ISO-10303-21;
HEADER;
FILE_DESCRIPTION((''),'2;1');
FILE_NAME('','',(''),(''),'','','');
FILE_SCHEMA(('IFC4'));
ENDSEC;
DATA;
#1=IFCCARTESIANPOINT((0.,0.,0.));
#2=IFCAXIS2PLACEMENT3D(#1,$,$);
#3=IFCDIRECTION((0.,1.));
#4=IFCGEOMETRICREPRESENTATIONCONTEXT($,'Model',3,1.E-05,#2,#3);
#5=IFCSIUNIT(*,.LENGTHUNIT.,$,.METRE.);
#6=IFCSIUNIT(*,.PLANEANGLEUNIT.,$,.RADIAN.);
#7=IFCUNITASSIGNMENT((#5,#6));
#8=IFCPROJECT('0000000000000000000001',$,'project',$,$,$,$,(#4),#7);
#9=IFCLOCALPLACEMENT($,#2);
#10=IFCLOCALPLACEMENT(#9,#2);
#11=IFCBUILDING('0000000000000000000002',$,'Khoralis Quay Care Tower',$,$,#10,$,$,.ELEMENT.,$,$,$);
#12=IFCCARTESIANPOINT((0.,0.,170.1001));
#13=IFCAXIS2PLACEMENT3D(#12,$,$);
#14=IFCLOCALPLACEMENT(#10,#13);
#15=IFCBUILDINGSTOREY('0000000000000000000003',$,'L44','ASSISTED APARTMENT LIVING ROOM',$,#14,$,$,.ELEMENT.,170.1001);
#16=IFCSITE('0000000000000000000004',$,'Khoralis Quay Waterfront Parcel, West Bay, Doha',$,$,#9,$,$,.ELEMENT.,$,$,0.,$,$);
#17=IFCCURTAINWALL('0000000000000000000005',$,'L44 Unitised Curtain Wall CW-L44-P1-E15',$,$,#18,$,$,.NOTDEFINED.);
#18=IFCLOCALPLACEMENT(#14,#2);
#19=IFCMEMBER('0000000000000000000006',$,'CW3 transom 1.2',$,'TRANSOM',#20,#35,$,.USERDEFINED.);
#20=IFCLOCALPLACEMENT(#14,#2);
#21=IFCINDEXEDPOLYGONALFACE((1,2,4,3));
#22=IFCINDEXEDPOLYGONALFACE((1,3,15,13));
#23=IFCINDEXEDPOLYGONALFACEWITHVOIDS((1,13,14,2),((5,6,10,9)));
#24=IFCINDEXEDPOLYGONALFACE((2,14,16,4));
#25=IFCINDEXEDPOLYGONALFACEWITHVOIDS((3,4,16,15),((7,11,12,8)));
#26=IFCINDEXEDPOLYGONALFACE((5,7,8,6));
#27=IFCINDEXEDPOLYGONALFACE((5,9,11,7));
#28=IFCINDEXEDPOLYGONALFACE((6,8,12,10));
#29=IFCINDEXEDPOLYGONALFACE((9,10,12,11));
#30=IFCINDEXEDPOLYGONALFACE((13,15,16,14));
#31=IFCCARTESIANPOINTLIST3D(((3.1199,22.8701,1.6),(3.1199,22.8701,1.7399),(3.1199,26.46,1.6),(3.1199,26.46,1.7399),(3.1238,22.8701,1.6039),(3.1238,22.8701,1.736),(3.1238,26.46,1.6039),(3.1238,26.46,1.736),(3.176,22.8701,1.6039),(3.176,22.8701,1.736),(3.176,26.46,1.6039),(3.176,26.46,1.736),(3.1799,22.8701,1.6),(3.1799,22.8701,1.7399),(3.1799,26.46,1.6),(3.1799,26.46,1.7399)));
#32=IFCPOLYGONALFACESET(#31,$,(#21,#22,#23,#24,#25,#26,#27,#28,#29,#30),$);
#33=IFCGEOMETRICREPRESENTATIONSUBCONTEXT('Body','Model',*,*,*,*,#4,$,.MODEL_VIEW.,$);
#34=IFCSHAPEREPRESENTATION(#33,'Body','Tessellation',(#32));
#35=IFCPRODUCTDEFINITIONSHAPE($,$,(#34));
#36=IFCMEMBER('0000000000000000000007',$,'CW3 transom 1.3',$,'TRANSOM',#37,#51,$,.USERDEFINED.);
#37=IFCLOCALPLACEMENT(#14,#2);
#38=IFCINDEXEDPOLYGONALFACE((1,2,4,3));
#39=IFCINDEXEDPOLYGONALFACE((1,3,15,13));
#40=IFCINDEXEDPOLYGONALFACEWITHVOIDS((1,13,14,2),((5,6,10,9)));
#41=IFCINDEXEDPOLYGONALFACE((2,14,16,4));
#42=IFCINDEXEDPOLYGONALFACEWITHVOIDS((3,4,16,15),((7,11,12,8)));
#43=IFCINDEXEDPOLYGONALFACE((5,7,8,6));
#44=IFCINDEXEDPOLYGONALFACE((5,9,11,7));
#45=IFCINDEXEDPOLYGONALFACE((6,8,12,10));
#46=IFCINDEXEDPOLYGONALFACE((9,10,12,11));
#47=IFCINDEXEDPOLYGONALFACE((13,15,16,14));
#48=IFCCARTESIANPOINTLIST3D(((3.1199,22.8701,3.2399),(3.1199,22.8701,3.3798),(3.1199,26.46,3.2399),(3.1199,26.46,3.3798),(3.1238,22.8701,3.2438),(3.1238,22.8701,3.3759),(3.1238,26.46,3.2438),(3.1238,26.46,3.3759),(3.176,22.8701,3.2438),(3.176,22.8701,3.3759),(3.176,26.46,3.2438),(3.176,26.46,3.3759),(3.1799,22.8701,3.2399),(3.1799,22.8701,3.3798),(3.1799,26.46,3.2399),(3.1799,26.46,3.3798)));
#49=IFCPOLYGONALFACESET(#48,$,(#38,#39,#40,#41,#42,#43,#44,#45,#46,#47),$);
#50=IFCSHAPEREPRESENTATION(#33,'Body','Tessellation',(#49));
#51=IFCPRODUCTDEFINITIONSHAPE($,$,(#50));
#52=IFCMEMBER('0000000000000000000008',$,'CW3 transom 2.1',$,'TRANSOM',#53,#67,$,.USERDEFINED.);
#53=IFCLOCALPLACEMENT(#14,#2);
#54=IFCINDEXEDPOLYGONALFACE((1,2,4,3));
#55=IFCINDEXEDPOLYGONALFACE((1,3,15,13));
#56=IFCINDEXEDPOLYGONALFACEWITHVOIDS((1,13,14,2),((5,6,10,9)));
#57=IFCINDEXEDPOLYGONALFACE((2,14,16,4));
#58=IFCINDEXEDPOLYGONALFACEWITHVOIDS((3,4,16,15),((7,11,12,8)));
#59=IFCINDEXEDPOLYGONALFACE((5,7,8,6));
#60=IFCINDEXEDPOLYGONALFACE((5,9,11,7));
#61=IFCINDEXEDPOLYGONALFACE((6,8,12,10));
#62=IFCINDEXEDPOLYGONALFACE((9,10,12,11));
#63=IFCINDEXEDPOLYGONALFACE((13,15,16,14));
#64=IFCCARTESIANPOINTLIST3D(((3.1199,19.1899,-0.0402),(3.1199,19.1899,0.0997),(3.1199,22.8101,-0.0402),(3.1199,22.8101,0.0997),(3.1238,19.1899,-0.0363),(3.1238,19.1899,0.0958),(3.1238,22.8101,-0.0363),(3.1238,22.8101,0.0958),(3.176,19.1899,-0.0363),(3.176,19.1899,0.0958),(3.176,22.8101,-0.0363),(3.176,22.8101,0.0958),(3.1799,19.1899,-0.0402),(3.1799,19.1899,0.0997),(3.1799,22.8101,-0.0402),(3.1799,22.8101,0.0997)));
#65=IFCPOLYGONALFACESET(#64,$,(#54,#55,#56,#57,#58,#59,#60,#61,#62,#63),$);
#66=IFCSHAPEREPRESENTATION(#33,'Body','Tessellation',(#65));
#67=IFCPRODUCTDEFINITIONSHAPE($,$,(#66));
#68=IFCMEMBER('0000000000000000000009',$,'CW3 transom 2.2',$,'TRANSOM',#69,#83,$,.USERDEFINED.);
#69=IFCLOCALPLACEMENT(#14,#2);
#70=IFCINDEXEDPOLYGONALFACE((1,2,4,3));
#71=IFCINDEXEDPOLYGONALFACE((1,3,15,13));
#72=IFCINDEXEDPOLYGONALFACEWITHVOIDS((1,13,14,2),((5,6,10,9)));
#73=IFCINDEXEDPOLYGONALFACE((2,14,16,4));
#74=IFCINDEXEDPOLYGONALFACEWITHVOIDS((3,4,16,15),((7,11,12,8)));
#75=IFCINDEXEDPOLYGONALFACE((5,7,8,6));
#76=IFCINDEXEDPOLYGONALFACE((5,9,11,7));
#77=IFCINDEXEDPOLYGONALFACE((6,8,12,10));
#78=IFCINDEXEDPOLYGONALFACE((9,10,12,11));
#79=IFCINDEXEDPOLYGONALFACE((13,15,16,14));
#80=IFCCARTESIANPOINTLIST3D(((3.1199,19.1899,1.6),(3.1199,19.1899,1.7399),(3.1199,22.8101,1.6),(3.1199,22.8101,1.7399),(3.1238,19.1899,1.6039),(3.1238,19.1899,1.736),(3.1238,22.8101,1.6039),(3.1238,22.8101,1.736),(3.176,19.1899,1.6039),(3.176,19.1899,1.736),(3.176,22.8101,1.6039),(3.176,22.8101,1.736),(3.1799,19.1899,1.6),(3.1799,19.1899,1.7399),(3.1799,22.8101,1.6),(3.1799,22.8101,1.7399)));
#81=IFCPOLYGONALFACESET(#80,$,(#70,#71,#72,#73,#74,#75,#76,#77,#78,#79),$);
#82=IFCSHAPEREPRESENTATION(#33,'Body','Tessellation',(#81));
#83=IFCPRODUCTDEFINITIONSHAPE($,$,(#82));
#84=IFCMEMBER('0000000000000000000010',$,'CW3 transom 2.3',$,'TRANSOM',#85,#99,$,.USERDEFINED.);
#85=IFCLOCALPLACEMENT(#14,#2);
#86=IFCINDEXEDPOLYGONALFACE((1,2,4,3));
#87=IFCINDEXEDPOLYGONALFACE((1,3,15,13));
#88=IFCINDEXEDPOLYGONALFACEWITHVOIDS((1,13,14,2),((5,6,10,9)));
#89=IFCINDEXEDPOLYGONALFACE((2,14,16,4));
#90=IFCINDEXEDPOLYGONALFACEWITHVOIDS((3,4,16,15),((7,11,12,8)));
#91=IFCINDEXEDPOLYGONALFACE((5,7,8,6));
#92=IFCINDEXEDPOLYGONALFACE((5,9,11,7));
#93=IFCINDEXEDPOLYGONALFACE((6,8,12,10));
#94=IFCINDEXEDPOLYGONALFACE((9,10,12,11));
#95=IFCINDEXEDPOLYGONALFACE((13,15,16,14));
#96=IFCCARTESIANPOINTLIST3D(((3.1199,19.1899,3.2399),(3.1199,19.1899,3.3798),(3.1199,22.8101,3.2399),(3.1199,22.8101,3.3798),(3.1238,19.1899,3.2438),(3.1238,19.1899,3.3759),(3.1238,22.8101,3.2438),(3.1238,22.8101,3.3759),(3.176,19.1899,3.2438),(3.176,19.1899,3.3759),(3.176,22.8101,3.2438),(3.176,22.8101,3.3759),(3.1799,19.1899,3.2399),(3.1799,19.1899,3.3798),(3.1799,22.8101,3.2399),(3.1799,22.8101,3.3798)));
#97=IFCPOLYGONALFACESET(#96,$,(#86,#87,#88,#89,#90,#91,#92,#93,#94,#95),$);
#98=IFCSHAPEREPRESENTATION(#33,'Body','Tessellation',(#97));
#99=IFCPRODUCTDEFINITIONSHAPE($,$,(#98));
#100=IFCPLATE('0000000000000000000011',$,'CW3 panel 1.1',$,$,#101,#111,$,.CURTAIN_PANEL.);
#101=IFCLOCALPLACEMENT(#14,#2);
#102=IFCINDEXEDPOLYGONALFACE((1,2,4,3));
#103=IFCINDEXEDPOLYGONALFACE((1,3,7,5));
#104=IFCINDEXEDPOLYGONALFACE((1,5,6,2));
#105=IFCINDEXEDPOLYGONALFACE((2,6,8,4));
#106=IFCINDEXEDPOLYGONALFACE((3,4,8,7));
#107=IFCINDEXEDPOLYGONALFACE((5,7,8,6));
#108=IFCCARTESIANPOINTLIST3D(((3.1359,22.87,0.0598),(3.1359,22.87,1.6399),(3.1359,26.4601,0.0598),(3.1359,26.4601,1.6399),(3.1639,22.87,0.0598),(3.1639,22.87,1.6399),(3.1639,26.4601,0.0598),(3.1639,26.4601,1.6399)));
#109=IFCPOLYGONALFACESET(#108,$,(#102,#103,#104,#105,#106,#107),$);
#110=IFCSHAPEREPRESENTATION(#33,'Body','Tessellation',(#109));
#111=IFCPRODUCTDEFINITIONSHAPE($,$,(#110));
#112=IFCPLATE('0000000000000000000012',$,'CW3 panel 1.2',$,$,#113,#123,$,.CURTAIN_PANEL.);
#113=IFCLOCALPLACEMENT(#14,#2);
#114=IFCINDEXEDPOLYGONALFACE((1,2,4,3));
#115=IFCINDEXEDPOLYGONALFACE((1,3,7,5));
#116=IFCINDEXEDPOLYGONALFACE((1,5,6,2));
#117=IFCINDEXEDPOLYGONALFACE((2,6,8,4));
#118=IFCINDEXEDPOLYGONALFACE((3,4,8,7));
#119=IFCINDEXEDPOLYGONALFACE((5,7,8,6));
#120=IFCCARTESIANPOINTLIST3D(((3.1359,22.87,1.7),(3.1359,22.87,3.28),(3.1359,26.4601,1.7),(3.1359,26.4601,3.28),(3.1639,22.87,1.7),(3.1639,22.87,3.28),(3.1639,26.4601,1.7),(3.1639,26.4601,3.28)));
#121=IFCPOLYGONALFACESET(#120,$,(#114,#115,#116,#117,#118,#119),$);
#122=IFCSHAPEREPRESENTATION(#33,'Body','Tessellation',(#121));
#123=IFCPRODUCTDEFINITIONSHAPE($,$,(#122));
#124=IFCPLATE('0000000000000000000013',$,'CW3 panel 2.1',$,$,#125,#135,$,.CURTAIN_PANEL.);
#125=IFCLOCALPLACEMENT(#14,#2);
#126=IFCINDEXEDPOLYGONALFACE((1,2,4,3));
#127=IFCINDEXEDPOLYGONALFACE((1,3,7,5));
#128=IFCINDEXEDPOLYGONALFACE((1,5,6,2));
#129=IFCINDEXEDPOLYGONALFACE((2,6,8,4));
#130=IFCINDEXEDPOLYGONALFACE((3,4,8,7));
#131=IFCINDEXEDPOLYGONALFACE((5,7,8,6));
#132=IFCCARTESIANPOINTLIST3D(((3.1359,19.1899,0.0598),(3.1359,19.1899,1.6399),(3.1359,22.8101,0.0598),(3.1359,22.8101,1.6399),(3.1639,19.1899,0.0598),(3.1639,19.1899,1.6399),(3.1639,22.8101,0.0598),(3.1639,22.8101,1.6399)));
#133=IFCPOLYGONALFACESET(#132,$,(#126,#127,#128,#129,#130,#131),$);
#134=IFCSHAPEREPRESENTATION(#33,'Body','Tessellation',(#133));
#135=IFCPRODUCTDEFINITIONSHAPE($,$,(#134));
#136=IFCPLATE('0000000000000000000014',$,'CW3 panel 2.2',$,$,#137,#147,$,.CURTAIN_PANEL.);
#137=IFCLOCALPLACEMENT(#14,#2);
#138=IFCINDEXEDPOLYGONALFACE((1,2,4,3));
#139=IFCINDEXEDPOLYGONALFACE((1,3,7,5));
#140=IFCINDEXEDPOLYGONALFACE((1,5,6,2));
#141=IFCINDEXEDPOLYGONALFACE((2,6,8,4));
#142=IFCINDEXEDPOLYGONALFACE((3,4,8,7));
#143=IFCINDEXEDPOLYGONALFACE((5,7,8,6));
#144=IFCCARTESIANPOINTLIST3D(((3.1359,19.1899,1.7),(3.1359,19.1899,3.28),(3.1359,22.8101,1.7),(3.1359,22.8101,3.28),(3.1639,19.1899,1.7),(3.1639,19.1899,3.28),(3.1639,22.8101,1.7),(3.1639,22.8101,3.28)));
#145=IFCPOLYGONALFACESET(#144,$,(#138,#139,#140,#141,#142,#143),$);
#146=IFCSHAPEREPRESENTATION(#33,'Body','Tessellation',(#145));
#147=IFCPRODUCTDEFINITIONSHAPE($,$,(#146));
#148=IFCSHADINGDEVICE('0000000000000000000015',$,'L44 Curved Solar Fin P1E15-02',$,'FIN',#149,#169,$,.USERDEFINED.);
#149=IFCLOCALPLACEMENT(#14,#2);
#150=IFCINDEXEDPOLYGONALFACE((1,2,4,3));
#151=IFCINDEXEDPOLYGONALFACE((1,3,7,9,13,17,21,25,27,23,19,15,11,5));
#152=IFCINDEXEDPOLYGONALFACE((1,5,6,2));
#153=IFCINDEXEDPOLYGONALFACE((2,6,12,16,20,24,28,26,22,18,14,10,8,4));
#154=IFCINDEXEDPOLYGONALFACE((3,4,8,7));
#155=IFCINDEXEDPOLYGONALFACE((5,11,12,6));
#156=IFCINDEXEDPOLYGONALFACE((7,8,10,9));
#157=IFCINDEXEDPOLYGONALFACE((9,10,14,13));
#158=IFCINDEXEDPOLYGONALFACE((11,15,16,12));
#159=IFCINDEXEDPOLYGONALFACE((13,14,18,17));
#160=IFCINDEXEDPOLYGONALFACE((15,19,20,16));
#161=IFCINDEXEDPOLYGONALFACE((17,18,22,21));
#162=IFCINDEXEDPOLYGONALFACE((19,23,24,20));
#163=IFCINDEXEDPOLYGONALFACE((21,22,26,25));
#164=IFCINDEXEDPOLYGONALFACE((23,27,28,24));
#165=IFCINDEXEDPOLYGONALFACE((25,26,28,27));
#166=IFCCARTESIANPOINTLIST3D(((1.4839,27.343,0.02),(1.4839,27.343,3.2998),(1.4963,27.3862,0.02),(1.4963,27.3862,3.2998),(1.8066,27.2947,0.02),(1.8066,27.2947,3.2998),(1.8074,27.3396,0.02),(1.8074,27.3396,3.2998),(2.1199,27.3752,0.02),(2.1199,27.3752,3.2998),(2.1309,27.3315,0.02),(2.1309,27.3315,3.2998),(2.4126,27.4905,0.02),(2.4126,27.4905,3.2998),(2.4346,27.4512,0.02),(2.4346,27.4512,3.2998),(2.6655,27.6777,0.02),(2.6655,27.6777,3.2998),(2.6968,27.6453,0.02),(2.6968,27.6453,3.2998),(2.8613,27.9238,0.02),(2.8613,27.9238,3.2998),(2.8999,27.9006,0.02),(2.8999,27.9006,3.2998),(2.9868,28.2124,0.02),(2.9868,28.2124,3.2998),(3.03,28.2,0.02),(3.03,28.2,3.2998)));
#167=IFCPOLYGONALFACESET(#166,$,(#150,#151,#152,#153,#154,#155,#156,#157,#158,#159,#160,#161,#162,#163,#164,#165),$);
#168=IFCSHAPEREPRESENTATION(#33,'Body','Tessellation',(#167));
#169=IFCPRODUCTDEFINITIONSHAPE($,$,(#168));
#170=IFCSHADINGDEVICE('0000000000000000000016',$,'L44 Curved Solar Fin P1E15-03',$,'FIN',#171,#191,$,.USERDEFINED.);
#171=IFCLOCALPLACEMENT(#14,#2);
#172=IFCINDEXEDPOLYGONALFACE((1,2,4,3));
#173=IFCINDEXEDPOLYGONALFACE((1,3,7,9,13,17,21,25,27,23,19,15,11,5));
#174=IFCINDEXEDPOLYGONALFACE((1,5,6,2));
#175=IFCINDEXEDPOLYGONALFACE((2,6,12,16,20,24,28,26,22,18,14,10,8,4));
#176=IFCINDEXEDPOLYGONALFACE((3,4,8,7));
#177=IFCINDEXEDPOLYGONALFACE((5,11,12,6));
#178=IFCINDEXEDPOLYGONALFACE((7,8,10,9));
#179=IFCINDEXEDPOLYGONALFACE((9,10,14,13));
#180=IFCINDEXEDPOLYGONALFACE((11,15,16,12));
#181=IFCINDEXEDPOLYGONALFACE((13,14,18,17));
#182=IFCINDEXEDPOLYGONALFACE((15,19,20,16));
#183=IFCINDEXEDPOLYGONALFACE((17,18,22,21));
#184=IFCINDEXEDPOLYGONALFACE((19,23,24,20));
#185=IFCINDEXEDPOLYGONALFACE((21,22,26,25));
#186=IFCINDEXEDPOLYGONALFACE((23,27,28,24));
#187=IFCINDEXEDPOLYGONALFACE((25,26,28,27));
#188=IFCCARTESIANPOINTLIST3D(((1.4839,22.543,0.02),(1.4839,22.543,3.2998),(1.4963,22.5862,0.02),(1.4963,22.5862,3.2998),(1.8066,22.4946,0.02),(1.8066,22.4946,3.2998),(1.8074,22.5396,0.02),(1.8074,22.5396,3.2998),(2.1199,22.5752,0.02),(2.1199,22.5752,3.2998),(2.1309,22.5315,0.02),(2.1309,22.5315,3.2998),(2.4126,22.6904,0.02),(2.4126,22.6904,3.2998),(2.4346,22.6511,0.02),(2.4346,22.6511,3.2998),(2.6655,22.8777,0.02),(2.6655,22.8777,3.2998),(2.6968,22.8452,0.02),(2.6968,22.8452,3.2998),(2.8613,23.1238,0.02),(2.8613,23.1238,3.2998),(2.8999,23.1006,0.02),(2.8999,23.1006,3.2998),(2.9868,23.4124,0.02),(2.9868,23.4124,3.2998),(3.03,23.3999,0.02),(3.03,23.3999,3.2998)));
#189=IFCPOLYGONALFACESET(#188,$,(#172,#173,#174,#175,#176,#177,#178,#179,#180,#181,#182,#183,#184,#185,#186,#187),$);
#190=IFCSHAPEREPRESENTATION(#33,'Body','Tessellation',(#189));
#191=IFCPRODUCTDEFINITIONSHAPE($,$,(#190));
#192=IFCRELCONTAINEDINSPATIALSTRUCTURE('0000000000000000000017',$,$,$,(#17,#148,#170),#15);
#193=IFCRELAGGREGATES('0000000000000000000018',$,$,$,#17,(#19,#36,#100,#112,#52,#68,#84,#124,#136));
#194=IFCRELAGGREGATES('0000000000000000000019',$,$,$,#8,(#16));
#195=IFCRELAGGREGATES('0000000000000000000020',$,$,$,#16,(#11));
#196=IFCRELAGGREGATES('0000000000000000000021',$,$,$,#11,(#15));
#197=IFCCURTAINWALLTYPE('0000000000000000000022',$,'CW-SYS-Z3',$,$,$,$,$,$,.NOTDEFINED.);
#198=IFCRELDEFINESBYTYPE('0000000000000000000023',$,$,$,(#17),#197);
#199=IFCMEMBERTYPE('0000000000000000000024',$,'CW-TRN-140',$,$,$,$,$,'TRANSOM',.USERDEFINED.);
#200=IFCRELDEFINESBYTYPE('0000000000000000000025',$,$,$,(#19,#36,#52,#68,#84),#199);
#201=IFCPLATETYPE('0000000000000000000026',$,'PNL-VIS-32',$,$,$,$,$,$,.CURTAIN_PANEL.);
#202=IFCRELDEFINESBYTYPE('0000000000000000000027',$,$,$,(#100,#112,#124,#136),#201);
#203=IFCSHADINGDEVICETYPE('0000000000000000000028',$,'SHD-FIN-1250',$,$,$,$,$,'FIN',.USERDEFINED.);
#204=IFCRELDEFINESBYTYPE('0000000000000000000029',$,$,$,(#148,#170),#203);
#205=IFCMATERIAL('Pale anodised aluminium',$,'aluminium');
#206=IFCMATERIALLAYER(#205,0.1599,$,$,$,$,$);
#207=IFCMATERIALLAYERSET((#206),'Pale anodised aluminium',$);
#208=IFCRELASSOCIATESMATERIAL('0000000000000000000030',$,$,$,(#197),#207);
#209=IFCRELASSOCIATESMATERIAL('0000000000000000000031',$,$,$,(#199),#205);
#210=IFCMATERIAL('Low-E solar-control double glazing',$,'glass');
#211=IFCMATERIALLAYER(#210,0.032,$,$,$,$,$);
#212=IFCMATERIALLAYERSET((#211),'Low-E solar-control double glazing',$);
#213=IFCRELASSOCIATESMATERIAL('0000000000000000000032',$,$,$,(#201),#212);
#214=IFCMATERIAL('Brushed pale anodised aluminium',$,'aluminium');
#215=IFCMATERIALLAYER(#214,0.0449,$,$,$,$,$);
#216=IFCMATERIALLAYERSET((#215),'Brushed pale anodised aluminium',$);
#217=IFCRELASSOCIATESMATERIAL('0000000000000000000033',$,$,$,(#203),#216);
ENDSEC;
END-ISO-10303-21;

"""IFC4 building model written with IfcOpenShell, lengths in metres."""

from ifc_helpers import new_model, si_unit, direction, frame, origin, origin_2d, place, context, subcontext, project, spatial, polyline, rectangle, hollow_rectangle, outline, extrude, source, transform, mapped, material, layer, layer_set, material_profile, profile_set, type_object, element, aggregate, save


model = new_model("IFC4")

# Units and contexts
model_context = context("Model", 3, precision=1e-05, world=origin(), true_north=direction((0.0, 1.0)))
body_context = subcontext(model_context, "Body", "Model", "MODEL_VIEW")
ifc_project = project(units=[si_unit("LENGTHUNIT", "METRE"), si_unit("PLANEANGLEUNIT", "RADIAN")], contexts=[model_context])

# Site, building, storey
site_placement = place(None, origin())
site = spatial("IfcSite", under=ifc_project, at=site_placement, Name="Khoralis Quay Waterfront Parcel, West Bay, Doha", CompositionType="ELEMENT", RefElevation=0.0)
building_placement = place(site_placement, origin())
building = spatial("IfcBuilding", under=site, at=building_placement, Name="Khoralis Quay Care Tower", CompositionType="ELEMENT")
storey_placement = place(building_placement, frame((0.0, 0.0, 170.1001)))
storey = spatial("IfcBuildingStorey", under=building, at=storey_placement, Name="L44", Description="ASSISTED APARTMENT LIVING ROOM", CompositionType="ELEMENT", Elevation=170.1001)

# Curtain wall, members, plates
ifc_material_1 = material(Name="Pale anodised aluminium", Category="aluminium")
ifc_layer_1 = layer(ifc_material_1, 0.1599)
ifc_layer_set_1 = layer_set([ifc_layer_1], Name="Pale anodised aluminium")
curtain_wall_type = type_object("IfcCurtainWallType", Name="CW-SYS-Z3", PredefinedType="NOTDEFINED", material=ifc_layer_set_1)
curtain_wall_placement = place(storey_placement, origin())
curtain_wall = element("IfcCurtainWall", 1, at=curtain_wall_placement, inside=storey, type_object=curtain_wall_type, Name="L44 Unitised Curtain Wall CW-L44-P1-E15", PredefinedType="NOTDEFINED")
ifc_material_profile_1 = material_profile(ifc_material_1, hollow_rectangle(XDim=0.0601, YDim=0.1399, WallThickness=0.0039, at=origin_2d()), Name="Pale anodised aluminium")
ifc_profile_set_1 = profile_set([ifc_material_profile_1], Name="Pale anodised aluminium")
member_type_1 = type_object("IfcMemberType", Name="CW-TRN-140", ElementType="TRANSOM", PredefinedType="USERDEFINED", material=ifc_profile_set_1)
shared_shape_1 = source(origin(), body_context, "Body", "SweptSolid", [
    extrude(hollow_rectangle(XDim=0.0601, YDim=0.1399, WallThickness=0.0039, at=origin_2d()), origin(), (0.0, 0.0, 1.0), 3.5898),
])
member_1_placement = place(storey_placement, frame((3.1499, 26.46, 1.6699), z_axis=(0.0, -1.0, 0.0), x_axis=(1.0, 0.0, 0.0)))
member_1 = element("IfcMember", 2, at=member_1_placement, type_object=member_type_1, Name="CW3 transom 1.2", ObjectType="TRANSOM", PredefinedType="USERDEFINED", context=body_context, shape_type="MappedRepresentation", body=[
    mapped(shared_shape_1, transform((0.0, 0.0, 0.0), scale=1.0)),
])
member_2_placement = place(storey_placement, frame((3.1499, 26.46, 3.3098), z_axis=(0.0, -1.0, 0.0), x_axis=(1.0, 0.0, 0.0)))
member_2 = element("IfcMember", 3, at=member_2_placement, type_object=member_type_1, Name="CW3 transom 1.3", ObjectType="TRANSOM", PredefinedType="USERDEFINED", context=body_context, shape_type="MappedRepresentation", body=[
    mapped(shared_shape_1, transform((0.0, 0.0, 0.0), scale=1.0)),
])
shared_shape_2 = source(origin(), body_context, "Body", "SweptSolid", [
    extrude(hollow_rectangle(XDim=0.0601, YDim=0.1399, WallThickness=0.0039, at=origin_2d()), origin(), (0.0, 0.0, 1.0), 3.6201),
])
member_3_placement = place(storey_placement, frame((3.1499, 22.8101, 0.0298), z_axis=(0.0, -1.0, 0.0), x_axis=(1.0, 0.0, 0.0)))
member_3 = element("IfcMember", 4, at=member_3_placement, type_object=member_type_1, Name="CW3 transom 2.1", ObjectType="TRANSOM", PredefinedType="USERDEFINED", context=body_context, shape_type="MappedRepresentation", body=[
    mapped(shared_shape_2, transform((0.0, 0.0, 0.0), scale=1.0)),
])
member_4_placement = place(storey_placement, frame((3.1499, 22.8101, 1.6699), z_axis=(0.0, -1.0, 0.0), x_axis=(1.0, 0.0, 0.0)))
member_4 = element("IfcMember", 5, at=member_4_placement, type_object=member_type_1, Name="CW3 transom 2.2", ObjectType="TRANSOM", PredefinedType="USERDEFINED", context=body_context, shape_type="MappedRepresentation", body=[
    mapped(shared_shape_2, transform((0.0, 0.0, 0.0), scale=1.0)),
])
member_5_placement = place(storey_placement, frame((3.1499, 22.8101, 3.3098), z_axis=(0.0, -1.0, 0.0), x_axis=(1.0, 0.0, 0.0)))
member_5 = element("IfcMember", 6, at=member_5_placement, type_object=member_type_1, Name="CW3 transom 2.3", ObjectType="TRANSOM", PredefinedType="USERDEFINED", context=body_context, shape_type="MappedRepresentation", body=[
    mapped(shared_shape_2, transform((0.0, 0.0, 0.0), scale=1.0)),
])
ifc_material_2 = material(Name="Low-E solar-control double glazing", Category="glass")
ifc_layer_2 = layer(ifc_material_2, 0.032)
ifc_layer_set_2 = layer_set([ifc_layer_2], Name="Low-E solar-control double glazing")
plate_type = type_object("IfcPlateType", Name="PNL-VIS-32", PredefinedType="CURTAIN_PANEL", material=ifc_layer_set_2)
shared_shape_3 = source(origin(), body_context, "Body", "SweptSolid", [
    extrude(rectangle(XDim=3.5901, YDim=0.0281, at=origin_2d()), origin(), (0.0, 0.0, 1.0), 1.5801),
])
plate_1_placement = place(storey_placement, frame((3.1499, 24.665, 0.0598), z_axis=(0.0, 0.0, 1.0), x_axis=(0.0, -1.0, 0.0)))
plate_1 = element("IfcPlate", 7, at=plate_1_placement, type_object=plate_type, Name="CW3 panel 1.1", PredefinedType="CURTAIN_PANEL", context=body_context, shape_type="MappedRepresentation", body=[
    mapped(shared_shape_3, transform((0.0, 0.0, 0.0), scale=1.0)),
])
plate_2_placement = place(storey_placement, frame((3.1499, 24.665, 1.7), z_axis=(0.0, 0.0, 1.0), x_axis=(0.0, -1.0, 0.0)))
plate_2 = element("IfcPlate", 8, at=plate_2_placement, type_object=plate_type, Name="CW3 panel 1.2", PredefinedType="CURTAIN_PANEL", context=body_context, shape_type="MappedRepresentation", body=[
    mapped(shared_shape_3, transform((0.0, 0.0, 0.0), scale=1.0)),
])
shared_shape_4 = source(origin(), body_context, "Body", "SweptSolid", [
    extrude(rectangle(XDim=3.6201, YDim=0.0281, at=origin_2d()), origin(), (0.0, 0.0, 1.0), 1.5801),
])
plate_3_placement = place(storey_placement, frame((3.1499, 21.0, 0.0598), z_axis=(0.0, 0.0, 1.0), x_axis=(0.0, -1.0, 0.0)))
plate_3 = element("IfcPlate", 9, at=plate_3_placement, type_object=plate_type, Name="CW3 panel 2.1", PredefinedType="CURTAIN_PANEL", context=body_context, shape_type="MappedRepresentation", body=[
    mapped(shared_shape_4, transform((0.0, 0.0, 0.0), scale=1.0)),
])
plate_4_placement = place(storey_placement, frame((3.1499, 21.0, 1.7), z_axis=(0.0, 0.0, 1.0), x_axis=(0.0, -1.0, 0.0)))
plate_4 = element("IfcPlate", 10, at=plate_4_placement, type_object=plate_type, Name="CW3 panel 2.2", PredefinedType="CURTAIN_PANEL", context=body_context, shape_type="MappedRepresentation", body=[
    mapped(shared_shape_4, transform((0.0, 0.0, 0.0), scale=1.0)),
])
aggregate(curtain_wall, [member_1, member_2, plate_1, plate_2, member_3, member_4, member_5, plate_3, plate_4])

# Shading devices
ifc_material_3 = material(Name="Brushed pale anodised aluminium", Category="aluminium")
ifc_layer_3 = layer(ifc_material_3, 0.0449)
ifc_layer_set_3 = layer_set([ifc_layer_3], Name="Brushed pale anodised aluminium")
shading_device_type = type_object("IfcShadingDeviceType", Name="SHD-FIN-1250", ElementType="FIN", PredefinedType="USERDEFINED", material=ifc_layer_set_3)
shared_shape_5 = source(origin(), body_context, "Body", "SweptSolid", [
    extrude(outline(polyline([(0.0, 0.0), (0.1301, 0.2993), (0.3333, 0.5547), (0.5955, 0.7488), (0.8992, 0.8684), (1.2234, 0.9053), (1.5461, 0.8569), (1.5337, 0.8137), (1.2227, 0.8604), (0.9102, 0.8247), (0.6174, 0.7095), (0.3645, 0.5222), (0.1687, 0.2761), (0.0432, -0.0125), (0.0, 0.0)])), origin(), (0.0, 0.0, 1.0), 3.2798),
])
for number, where, z_axis, x_axis, name in (
    (11, (3.03, 28.2, 0.02), (0.0, 0.0, 1.0), (-1.0, 0.0, 0.0), "L44 Curved Solar Fin P1E15-02"),
    (12, (3.03, 23.3999, 0.02), (0.0, 0.0, 1.0), (-1.0, 0.0, 0.0), "L44 Curved Solar Fin P1E15-03"),
):
    element("IfcShadingDevice", number, at=place(storey_placement, frame(where, z_axis=z_axis, x_axis=x_axis)), inside=storey, type_object=shading_device_type, Name=name, ObjectType="FIN", PredefinedType="USERDEFINED", context=body_context, shape_type="MappedRepresentation", body=[
        mapped(shared_shape_5, transform((0.0, 0.0, 0.0), scale=1.0)),
    ])

save(model, "model.ifc")
